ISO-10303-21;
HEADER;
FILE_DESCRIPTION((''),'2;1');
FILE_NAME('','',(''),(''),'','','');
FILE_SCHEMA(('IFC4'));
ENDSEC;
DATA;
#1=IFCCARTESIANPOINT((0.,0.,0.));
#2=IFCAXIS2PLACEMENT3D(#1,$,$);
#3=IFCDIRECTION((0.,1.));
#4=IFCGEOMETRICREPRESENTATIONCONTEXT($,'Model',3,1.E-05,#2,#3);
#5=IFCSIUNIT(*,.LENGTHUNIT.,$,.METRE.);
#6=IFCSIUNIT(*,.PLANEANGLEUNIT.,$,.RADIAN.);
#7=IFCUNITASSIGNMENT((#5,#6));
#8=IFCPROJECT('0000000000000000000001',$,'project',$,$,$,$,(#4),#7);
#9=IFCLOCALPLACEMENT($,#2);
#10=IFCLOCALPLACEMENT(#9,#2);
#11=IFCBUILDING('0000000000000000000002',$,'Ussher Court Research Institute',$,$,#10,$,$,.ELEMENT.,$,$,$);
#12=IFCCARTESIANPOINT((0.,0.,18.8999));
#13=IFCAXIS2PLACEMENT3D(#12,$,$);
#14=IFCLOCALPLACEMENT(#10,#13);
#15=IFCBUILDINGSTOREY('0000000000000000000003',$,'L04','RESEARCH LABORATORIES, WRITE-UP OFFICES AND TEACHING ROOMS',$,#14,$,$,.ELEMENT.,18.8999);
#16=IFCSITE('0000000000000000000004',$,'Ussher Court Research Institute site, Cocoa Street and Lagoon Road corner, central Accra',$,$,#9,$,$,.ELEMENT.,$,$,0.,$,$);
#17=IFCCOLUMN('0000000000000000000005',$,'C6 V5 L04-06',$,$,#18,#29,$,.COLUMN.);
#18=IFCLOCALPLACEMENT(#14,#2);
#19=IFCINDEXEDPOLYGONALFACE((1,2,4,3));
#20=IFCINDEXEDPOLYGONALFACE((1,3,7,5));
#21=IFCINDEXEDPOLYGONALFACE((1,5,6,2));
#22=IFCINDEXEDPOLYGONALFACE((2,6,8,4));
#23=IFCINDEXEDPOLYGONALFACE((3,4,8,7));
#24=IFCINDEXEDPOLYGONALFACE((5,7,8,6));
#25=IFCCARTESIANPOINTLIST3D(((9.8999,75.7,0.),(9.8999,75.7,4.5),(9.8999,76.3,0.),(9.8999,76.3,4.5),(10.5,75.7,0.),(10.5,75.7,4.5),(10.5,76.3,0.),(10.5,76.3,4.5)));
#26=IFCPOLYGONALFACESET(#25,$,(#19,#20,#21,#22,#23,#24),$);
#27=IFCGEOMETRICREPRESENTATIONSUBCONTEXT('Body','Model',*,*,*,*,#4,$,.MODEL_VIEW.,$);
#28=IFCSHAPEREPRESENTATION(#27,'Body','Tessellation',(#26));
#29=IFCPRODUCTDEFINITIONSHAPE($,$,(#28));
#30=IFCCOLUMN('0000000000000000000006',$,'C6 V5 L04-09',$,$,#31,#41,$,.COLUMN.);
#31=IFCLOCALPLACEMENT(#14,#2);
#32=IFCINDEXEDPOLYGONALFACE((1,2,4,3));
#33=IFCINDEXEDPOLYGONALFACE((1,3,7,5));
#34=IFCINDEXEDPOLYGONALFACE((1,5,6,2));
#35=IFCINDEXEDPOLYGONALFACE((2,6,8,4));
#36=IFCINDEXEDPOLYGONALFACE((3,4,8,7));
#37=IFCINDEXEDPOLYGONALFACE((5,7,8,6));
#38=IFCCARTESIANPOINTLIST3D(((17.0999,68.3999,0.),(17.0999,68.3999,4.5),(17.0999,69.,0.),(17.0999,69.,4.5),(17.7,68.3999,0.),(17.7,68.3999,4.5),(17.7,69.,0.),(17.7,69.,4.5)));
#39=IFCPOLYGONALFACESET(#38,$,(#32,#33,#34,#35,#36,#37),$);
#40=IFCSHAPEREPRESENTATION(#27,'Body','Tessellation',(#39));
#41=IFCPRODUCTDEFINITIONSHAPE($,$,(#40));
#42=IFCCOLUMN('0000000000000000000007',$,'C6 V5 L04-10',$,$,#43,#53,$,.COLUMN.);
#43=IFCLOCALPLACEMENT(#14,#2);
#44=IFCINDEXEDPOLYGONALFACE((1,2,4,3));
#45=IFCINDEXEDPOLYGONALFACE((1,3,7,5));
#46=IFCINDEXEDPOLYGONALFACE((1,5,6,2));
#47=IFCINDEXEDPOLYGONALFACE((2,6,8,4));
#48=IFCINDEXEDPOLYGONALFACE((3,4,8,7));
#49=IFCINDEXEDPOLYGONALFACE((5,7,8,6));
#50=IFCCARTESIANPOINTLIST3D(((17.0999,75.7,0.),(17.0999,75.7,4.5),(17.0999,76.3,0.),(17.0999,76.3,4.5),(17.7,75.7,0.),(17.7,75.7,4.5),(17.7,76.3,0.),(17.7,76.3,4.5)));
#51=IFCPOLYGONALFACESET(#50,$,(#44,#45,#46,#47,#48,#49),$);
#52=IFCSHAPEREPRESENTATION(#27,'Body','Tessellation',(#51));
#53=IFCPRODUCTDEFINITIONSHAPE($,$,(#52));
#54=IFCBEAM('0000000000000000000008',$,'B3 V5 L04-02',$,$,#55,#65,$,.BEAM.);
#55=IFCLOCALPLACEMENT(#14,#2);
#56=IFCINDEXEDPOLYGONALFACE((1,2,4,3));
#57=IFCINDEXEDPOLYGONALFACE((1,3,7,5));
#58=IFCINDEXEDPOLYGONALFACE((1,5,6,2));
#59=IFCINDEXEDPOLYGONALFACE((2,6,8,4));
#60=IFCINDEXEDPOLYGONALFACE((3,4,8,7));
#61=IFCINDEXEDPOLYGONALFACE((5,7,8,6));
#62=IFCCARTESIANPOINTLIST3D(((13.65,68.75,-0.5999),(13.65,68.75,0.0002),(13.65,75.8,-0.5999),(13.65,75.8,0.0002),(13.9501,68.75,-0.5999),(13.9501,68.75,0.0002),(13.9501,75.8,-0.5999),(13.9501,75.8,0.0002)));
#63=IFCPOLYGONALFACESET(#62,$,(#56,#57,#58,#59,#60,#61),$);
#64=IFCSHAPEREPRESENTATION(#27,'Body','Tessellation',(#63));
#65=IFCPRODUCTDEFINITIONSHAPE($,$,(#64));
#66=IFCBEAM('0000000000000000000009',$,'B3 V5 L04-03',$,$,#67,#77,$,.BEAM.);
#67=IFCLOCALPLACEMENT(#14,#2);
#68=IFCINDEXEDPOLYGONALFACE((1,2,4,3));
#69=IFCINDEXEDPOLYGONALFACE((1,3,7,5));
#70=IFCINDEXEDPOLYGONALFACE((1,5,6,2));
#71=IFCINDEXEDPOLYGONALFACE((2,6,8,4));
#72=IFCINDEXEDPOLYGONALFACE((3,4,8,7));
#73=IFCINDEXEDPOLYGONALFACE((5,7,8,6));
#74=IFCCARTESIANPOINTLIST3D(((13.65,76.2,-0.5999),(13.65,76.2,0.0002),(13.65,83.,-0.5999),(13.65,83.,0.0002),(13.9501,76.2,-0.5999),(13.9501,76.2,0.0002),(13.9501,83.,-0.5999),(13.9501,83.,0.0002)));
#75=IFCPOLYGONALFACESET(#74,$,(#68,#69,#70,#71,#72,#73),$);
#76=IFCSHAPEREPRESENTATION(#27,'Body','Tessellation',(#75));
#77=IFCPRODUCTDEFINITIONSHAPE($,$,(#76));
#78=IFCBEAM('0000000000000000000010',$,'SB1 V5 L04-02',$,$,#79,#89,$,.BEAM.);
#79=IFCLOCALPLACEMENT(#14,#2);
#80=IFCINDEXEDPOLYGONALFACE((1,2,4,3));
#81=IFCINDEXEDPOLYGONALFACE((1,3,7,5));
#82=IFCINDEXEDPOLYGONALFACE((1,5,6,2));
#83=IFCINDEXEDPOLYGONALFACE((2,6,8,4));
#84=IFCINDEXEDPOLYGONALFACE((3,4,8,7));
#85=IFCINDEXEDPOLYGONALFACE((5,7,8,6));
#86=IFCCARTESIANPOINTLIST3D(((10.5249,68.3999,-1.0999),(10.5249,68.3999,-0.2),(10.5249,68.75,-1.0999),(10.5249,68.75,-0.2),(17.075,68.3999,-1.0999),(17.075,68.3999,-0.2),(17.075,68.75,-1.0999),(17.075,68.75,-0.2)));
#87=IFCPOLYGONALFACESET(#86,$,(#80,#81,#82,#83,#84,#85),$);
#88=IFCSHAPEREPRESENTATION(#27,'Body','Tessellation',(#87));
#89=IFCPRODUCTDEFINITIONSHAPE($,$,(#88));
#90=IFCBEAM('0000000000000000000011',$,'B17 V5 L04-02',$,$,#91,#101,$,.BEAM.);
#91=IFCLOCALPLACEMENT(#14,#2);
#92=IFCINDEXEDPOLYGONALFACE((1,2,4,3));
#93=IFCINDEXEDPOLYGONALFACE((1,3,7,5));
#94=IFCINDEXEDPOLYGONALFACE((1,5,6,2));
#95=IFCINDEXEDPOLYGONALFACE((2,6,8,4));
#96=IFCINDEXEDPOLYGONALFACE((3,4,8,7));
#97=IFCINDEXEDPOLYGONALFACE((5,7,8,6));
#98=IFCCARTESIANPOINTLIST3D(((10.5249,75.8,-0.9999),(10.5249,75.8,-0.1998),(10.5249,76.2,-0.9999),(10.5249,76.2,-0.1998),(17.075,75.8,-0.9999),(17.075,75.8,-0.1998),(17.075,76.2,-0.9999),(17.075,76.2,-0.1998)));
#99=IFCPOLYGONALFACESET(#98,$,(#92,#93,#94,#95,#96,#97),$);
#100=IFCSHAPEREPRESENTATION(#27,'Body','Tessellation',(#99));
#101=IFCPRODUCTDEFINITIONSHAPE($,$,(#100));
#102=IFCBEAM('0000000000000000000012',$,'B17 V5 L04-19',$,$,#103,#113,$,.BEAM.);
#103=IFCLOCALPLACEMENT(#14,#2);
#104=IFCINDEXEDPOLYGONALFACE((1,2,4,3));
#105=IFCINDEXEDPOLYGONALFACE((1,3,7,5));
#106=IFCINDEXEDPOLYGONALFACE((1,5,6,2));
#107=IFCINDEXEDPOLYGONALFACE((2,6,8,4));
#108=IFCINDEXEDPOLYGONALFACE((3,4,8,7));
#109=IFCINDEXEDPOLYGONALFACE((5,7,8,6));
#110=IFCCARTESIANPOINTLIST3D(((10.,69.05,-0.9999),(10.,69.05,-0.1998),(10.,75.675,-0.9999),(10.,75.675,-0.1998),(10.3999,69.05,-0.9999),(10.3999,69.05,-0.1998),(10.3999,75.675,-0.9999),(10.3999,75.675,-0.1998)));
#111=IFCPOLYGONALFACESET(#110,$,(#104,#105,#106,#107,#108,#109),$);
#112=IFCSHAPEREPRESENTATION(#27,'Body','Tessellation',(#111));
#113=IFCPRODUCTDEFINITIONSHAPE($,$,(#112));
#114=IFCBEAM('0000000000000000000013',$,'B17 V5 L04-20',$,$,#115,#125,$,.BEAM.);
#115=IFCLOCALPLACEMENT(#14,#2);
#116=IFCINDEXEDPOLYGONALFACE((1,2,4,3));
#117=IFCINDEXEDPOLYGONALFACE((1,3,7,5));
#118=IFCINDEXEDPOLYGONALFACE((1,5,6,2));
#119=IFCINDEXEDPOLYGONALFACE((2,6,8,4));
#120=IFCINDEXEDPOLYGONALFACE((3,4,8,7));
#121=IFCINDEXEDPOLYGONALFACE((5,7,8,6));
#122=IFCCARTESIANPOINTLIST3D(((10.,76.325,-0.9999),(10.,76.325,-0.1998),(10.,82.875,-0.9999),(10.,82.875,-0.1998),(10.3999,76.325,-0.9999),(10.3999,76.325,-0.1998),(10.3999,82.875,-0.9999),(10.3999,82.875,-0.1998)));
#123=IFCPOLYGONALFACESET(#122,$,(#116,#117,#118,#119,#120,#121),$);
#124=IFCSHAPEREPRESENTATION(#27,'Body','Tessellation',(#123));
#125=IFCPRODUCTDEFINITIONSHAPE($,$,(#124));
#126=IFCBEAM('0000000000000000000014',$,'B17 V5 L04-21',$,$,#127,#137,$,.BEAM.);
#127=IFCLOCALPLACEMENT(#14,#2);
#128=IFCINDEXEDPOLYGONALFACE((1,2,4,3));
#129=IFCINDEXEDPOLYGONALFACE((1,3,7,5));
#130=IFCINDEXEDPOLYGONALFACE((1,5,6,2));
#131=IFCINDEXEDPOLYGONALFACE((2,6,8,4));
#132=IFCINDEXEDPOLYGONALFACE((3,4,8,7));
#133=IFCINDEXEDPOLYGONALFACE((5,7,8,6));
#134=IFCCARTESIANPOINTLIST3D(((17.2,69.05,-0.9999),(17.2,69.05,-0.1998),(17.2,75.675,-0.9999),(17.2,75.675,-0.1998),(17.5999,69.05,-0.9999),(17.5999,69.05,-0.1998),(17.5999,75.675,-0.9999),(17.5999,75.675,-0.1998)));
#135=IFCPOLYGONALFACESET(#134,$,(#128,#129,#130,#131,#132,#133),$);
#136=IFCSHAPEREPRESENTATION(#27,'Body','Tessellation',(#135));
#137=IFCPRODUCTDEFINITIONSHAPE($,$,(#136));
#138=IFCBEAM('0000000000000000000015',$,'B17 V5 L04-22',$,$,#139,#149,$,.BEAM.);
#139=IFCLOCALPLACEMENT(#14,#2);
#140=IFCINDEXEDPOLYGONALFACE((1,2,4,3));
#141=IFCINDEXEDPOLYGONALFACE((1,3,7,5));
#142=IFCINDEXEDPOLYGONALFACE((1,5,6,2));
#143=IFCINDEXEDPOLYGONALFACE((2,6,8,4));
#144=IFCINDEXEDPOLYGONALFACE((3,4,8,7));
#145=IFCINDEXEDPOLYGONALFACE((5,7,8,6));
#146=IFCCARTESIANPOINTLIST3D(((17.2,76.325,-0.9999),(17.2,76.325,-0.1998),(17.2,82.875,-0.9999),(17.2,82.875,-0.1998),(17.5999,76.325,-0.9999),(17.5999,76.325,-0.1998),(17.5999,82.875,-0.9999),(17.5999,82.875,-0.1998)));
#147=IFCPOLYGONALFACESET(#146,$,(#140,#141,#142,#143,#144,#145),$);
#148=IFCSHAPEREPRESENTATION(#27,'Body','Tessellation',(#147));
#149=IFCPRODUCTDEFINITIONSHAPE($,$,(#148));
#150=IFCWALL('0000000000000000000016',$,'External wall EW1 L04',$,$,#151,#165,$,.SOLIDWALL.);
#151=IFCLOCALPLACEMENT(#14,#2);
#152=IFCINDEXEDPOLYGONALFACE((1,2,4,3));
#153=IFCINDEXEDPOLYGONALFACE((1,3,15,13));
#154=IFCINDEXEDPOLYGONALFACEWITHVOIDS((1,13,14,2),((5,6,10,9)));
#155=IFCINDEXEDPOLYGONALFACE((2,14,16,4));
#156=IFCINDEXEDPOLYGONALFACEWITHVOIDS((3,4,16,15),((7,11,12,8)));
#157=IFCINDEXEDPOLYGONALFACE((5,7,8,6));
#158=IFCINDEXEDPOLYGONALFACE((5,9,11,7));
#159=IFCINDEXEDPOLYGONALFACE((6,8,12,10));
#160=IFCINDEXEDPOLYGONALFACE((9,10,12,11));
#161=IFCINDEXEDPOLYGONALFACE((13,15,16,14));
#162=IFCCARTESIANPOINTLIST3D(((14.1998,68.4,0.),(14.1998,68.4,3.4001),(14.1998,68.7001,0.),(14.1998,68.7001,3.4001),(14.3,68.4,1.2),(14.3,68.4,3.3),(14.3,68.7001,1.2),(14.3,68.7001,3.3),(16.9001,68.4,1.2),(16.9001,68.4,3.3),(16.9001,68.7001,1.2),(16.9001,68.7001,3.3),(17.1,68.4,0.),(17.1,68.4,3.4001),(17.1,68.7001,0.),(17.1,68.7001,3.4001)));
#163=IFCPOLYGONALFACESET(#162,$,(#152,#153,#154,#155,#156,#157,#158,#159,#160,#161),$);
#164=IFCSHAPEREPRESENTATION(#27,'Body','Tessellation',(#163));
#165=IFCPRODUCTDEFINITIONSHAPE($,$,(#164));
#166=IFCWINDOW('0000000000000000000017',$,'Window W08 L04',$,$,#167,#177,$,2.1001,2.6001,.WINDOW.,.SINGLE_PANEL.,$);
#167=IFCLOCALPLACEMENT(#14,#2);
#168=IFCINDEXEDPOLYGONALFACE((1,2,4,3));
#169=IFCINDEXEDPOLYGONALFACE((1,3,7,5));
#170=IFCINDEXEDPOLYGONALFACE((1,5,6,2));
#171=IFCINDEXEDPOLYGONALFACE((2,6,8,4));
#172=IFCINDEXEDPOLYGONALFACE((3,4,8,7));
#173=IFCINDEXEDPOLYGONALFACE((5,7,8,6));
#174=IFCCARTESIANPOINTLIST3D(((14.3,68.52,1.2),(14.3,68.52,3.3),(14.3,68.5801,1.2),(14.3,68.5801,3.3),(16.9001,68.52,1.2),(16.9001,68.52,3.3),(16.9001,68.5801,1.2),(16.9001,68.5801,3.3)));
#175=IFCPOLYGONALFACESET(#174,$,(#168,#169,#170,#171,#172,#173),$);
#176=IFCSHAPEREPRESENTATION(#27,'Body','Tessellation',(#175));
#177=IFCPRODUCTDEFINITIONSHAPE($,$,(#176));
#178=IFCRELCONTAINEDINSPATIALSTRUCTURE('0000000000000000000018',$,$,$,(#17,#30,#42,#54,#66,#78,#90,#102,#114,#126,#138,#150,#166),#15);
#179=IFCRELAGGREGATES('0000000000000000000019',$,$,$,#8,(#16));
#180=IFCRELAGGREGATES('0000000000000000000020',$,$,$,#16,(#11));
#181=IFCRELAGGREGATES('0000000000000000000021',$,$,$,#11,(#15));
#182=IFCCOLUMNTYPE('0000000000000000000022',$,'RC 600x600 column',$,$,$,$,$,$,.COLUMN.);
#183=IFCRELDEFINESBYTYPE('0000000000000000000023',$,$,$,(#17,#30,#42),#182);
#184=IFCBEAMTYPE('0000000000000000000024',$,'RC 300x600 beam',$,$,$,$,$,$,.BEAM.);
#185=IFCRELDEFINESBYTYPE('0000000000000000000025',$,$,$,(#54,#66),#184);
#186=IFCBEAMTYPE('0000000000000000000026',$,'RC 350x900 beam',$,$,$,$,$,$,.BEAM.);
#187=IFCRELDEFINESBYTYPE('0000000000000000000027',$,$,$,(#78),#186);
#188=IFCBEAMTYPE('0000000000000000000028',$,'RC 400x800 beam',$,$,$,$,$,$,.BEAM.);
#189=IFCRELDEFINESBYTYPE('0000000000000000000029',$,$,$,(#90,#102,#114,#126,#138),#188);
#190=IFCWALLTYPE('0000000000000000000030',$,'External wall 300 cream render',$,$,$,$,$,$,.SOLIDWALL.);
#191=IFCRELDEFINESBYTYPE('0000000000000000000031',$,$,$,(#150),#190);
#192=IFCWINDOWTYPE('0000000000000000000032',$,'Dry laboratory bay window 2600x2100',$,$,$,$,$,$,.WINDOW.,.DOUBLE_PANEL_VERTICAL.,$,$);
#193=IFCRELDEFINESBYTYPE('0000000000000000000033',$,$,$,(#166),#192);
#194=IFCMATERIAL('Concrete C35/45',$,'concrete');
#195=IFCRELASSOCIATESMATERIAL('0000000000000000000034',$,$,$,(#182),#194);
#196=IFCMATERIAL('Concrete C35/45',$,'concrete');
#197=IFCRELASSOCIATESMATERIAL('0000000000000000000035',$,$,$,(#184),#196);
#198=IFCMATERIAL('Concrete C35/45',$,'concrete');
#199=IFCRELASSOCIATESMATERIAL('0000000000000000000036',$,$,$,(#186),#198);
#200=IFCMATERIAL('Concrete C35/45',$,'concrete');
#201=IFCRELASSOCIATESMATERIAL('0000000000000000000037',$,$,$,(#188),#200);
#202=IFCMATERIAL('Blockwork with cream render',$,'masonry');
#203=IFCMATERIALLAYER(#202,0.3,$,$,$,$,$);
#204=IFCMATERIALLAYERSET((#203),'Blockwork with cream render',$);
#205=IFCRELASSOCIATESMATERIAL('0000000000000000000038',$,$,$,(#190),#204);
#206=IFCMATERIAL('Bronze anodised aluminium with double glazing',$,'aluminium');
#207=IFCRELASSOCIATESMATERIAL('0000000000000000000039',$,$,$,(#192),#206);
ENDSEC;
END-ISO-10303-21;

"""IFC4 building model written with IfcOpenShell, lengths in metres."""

from ifc_helpers import new_model, si_unit, direction, frame, frame_2d, origin, origin_2d, place, context, subcontext, project, spatial, rectangle, extrude, material, layer, layer_set, material_profile, profile_set, type_object, element, fill, save


model = new_model("IFC4")

# Units and contexts
model_context = context("Model", 3, precision=1e-05, world=origin(), true_north=direction((0.0, 1.0)))
body_context = subcontext(model_context, "Body", "Model", "MODEL_VIEW")
ifc_project = project(units=[si_unit("LENGTHUNIT", "METRE"), si_unit("PLANEANGLEUNIT", "RADIAN")], contexts=[model_context])

# Site, building, storey
site_placement = place(None, origin())
site = spatial("IfcSite", under=ifc_project, at=site_placement, Name="Ussher Court Research Institute site, Cocoa Street and Lagoon Road corner, central Accra", CompositionType="ELEMENT", RefElevation=0.0)
building_placement = place(site_placement, origin())
building = spatial("IfcBuilding", under=site, at=building_placement, Name="Ussher Court Research Institute", CompositionType="ELEMENT")
storey_placement = place(building_placement, frame((0.0, 0.0, 18.8999)))
storey = spatial("IfcBuildingStorey", under=building, at=storey_placement, Name="L04", Description="RESEARCH LABORATORIES, WRITE-UP OFFICES AND TEACHING ROOMS", CompositionType="ELEMENT", Elevation=18.8999)

# Columns
ifc_material_1 = material(Name="Concrete C35/45", Category="concrete")
ifc_material_profile_1 = material_profile(ifc_material_1, rectangle(XDim=0.6001, YDim=0.6001, at=origin_2d()), Name="RC 600x600")
ifc_profile_set_1 = profile_set([ifc_material_profile_1], Name="Concrete C35/45")
column_type = type_object("IfcColumnType", Name="RC 600x600 column", PredefinedType="COLUMN", material=ifc_profile_set_1)
for number, where, z_axis, x_axis, name in (
    (1, (10.2, 76.0, 0.0), (0.0, 0.0, 1.0), (1.0, 0.0, 0.0), "C6 V5 L04-06"),
    (2, (17.3999, 68.7, 0.0), (0.0, 0.0, 1.0), (1.0, 0.0, 0.0), "C6 V5 L04-09"),
    (3, (17.3999, 76.0, 0.0), (0.0, 0.0, 1.0), (1.0, 0.0, 0.0), "C6 V5 L04-10"),
):
    element("IfcColumn", number, at=place(storey_placement, frame(where, z_axis=z_axis, x_axis=x_axis)), inside=storey, type_object=column_type, Name=name, PredefinedType="COLUMN", context=body_context, shape_type="SweptSolid", body=[
        extrude(rectangle(XDim=0.6001, YDim=0.6001, at=origin_2d()), origin(), (0.0, 0.0, 1.0), 4.5),
    ])

# Beams
ifc_material_2 = material(Name="Concrete C35/45", Category="concrete")
ifc_material_profile_2 = material_profile(ifc_material_2, rectangle(XDim=0.3, YDim=0.6001, at=origin_2d()), Name="RC 300x600")
ifc_profile_set_2 = profile_set([ifc_material_profile_2], Name="Concrete C35/45")
beam_type_1 = type_object("IfcBeamType", Name="RC 300x600 beam", PredefinedType="BEAM", material=ifc_profile_set_2)
beam_1_placement = place(storey_placement, frame((13.8, 68.75, -0.2998), z_axis=(0.0, 1.0, 0.0), x_axis=(-1.0, 0.0, 0.0)))
element("IfcBeam", 4, at=beam_1_placement, inside=storey, type_object=beam_type_1, Name="B3 V5 L04-02", PredefinedType="BEAM", context=body_context, shape_type="SweptSolid", body=[
    extrude(rectangle(XDim=0.3, YDim=0.6001, at=origin_2d()), origin(), (0.0, 0.0, 1.0), 7.05),
])
beam_2_placement = place(storey_placement, frame((13.8, 76.2, -0.2998), z_axis=(0.0, 1.0, 0.0), x_axis=(-1.0, 0.0, 0.0)))
element("IfcBeam", 5, at=beam_2_placement, inside=storey, type_object=beam_type_1, Name="B3 V5 L04-03", PredefinedType="BEAM", context=body_context, shape_type="SweptSolid", body=[
    extrude(rectangle(XDim=0.3, YDim=0.6001, at=origin_2d()), origin(), (0.0, 0.0, 1.0), 6.8),
])
ifc_material_3 = material(Name="Concrete C35/45", Category="concrete")
ifc_material_profile_3 = material_profile(ifc_material_3, rectangle(XDim=0.3501, YDim=0.8999, at=origin_2d()), Name="RC 350x900")
ifc_profile_set_3 = profile_set([ifc_material_profile_3], Name="Concrete C35/45")
beam_type_2 = type_object("IfcBeamType", Name="RC 350x900 beam", PredefinedType="BEAM", material=ifc_profile_set_3)
beam_3_placement = place(storey_placement, frame((10.5249, 68.575, -0.6499), z_axis=(1.0, 0.0, 0.0), x_axis=(0.0, 1.0, 0.0)))
element("IfcBeam", 6, at=beam_3_placement, inside=storey, type_object=beam_type_2, Name="SB1 V5 L04-02", PredefinedType="BEAM", context=body_context, shape_type="SweptSolid", body=[
    extrude(rectangle(XDim=0.3501, YDim=0.8999, at=origin_2d()), origin(), (0.0, 0.0, 1.0), 6.55),
])
ifc_material_4 = material(Name="Concrete C35/45", Category="concrete")
ifc_material_profile_4 = material_profile(ifc_material_4, rectangle(XDim=0.3999, YDim=0.8, at=origin_2d()), Name="RC 400x800")
ifc_profile_set_4 = profile_set([ifc_material_profile_4], Name="Concrete C35/45")
beam_type_3 = type_object("IfcBeamType", Name="RC 400x800 beam", PredefinedType="BEAM", material=ifc_profile_set_4)
beam_4_placement = place(storey_placement, frame((10.5249, 76.0, -0.5999), z_axis=(1.0, 0.0, 0.0), x_axis=(0.0, 1.0, 0.0)))
element("IfcBeam", 7, at=beam_4_placement, inside=storey, type_object=beam_type_3, Name="B17 V5 L04-02", PredefinedType="BEAM", context=body_context, shape_type="SweptSolid", body=[
    extrude(rectangle(XDim=0.3999, YDim=0.8, at=origin_2d()), origin(), (0.0, 0.0, 1.0), 6.55),
])
beam_5_placement = place(storey_placement, frame((10.2, 69.05, -0.5999), z_axis=(0.0, 1.0, 0.0), x_axis=(-1.0, 0.0, 0.0)))
element("IfcBeam", 8, at=beam_5_placement, inside=storey, type_object=beam_type_3, Name="B17 V5 L04-19", PredefinedType="BEAM", context=body_context, shape_type="SweptSolid", body=[
    extrude(rectangle(XDim=0.3999, YDim=0.8, at=origin_2d()), origin(), (0.0, 0.0, 1.0), 6.625),
])
beam_6_placement = place(storey_placement, frame((10.2, 76.325, -0.5999), z_axis=(0.0, 1.0, 0.0), x_axis=(-1.0, 0.0, 0.0)))
element("IfcBeam", 9, at=beam_6_placement, inside=storey, type_object=beam_type_3, Name="B17 V5 L04-20", PredefinedType="BEAM", context=body_context, shape_type="SweptSolid", body=[
    extrude(rectangle(XDim=0.3999, YDim=0.8, at=origin_2d()), origin(), (0.0, 0.0, 1.0), 6.55),
])
beam_7_placement = place(storey_placement, frame((17.3999, 69.05, -0.5999), z_axis=(0.0, 1.0, 0.0), x_axis=(-1.0, 0.0, 0.0)))
element("IfcBeam", 10, at=beam_7_placement, inside=storey, type_object=beam_type_3, Name="B17 V5 L04-21", PredefinedType="BEAM", context=body_context, shape_type="SweptSolid", body=[
    extrude(rectangle(XDim=0.3999, YDim=0.8, at=origin_2d()), origin(), (0.0, 0.0, 1.0), 6.625),
])
beam_8_placement = place(storey_placement, frame((17.3999, 76.325, -0.5999), z_axis=(0.0, 1.0, 0.0), x_axis=(-1.0, 0.0, 0.0)))
element("IfcBeam", 11, at=beam_8_placement, inside=storey, type_object=beam_type_3, Name="B17 V5 L04-22", PredefinedType="BEAM", context=body_context, shape_type="SweptSolid", body=[
    extrude(rectangle(XDim=0.3999, YDim=0.8, at=origin_2d()), origin(), (0.0, 0.0, 1.0), 6.55),
])

# Wall, opening, window
ifc_material_5 = material(Name="Blockwork with cream render", Category="masonry")
ifc_layer_1 = layer(ifc_material_5, 0.3)
ifc_layer_set_1 = layer_set([ifc_layer_1], Name="Blockwork with cream render")
wall_type_1 = type_object("IfcWallType", Name="External wall 300 cream render", PredefinedType="SOLIDWALL", material=ifc_layer_set_1)
wall_1_placement = place(storey_placement, frame((17.1001, 68.55, 0.0), z_axis=(0.0, 0.0, 1.0), x_axis=(-1.0, 0.0, 0.0)))
wall_1 = element("IfcWall", 12, at=wall_1_placement, inside=storey, type_object=wall_type_1, Name="External wall EW1 L04", PredefinedType="SOLIDWALL", context=body_context, shape_type="SweptSolid", body=[
    extrude(rectangle(XDim=2.9001, YDim=0.3, at=frame_2d((1.4502, 0.0))), origin(), (0.0, 0.0, 1.0), 3.4001),
])
opening_1_placement = place(wall_1_placement, frame((0.2, 0.0, 1.2)))
opening_1 = element("IfcOpeningElement", 13, at=opening_1_placement, cuts=wall_1, PredefinedType="OPENING", context=body_context, shape_type="SweptSolid", body=[
    extrude(rectangle(XDim=2.6001, YDim=2.1001, at=frame_2d((1.3, 1.05))), frame((0.0, 0.1602, 0.0), z_axis=(0.0, -1.0, 0.0), x_axis=(1.0, 0.0, 0.0)), (0.0, 0.0, 1.0), 0.3201),
])
ifc_material_6 = material(Name="Bronze anodised aluminium with double glazing", Category="aluminium")
window_type = type_object("IfcWindowType", Name="Dry laboratory bay window 2600x2100", PartitioningType="DOUBLE_PANEL_VERTICAL", PredefinedType="WINDOW", material=ifc_material_6)
window_1_placement = place(opening_1_placement, origin())
window_1 = element("IfcWindow", 14, at=window_1_placement, inside=storey, type_object=window_type, Name="Window W08 L04", OverallHeight=2.1001, OverallWidth=2.6001, PartitioningType="SINGLE_PANEL", PredefinedType="WINDOW", context=body_context, shape_type="SweptSolid", body=[
    extrude(rectangle(XDim=2.6001, YDim=2.1001, at=frame_2d((1.3, 1.05))), frame((0.0, 0.03, 0.0), z_axis=(0.0, -1.0, 0.0), x_axis=(1.0, 0.0, 0.0)), (0.0, 0.0, 1.0), 0.0601),
])
fill(opening_1, window_1)

save(model, "model.ifc")
